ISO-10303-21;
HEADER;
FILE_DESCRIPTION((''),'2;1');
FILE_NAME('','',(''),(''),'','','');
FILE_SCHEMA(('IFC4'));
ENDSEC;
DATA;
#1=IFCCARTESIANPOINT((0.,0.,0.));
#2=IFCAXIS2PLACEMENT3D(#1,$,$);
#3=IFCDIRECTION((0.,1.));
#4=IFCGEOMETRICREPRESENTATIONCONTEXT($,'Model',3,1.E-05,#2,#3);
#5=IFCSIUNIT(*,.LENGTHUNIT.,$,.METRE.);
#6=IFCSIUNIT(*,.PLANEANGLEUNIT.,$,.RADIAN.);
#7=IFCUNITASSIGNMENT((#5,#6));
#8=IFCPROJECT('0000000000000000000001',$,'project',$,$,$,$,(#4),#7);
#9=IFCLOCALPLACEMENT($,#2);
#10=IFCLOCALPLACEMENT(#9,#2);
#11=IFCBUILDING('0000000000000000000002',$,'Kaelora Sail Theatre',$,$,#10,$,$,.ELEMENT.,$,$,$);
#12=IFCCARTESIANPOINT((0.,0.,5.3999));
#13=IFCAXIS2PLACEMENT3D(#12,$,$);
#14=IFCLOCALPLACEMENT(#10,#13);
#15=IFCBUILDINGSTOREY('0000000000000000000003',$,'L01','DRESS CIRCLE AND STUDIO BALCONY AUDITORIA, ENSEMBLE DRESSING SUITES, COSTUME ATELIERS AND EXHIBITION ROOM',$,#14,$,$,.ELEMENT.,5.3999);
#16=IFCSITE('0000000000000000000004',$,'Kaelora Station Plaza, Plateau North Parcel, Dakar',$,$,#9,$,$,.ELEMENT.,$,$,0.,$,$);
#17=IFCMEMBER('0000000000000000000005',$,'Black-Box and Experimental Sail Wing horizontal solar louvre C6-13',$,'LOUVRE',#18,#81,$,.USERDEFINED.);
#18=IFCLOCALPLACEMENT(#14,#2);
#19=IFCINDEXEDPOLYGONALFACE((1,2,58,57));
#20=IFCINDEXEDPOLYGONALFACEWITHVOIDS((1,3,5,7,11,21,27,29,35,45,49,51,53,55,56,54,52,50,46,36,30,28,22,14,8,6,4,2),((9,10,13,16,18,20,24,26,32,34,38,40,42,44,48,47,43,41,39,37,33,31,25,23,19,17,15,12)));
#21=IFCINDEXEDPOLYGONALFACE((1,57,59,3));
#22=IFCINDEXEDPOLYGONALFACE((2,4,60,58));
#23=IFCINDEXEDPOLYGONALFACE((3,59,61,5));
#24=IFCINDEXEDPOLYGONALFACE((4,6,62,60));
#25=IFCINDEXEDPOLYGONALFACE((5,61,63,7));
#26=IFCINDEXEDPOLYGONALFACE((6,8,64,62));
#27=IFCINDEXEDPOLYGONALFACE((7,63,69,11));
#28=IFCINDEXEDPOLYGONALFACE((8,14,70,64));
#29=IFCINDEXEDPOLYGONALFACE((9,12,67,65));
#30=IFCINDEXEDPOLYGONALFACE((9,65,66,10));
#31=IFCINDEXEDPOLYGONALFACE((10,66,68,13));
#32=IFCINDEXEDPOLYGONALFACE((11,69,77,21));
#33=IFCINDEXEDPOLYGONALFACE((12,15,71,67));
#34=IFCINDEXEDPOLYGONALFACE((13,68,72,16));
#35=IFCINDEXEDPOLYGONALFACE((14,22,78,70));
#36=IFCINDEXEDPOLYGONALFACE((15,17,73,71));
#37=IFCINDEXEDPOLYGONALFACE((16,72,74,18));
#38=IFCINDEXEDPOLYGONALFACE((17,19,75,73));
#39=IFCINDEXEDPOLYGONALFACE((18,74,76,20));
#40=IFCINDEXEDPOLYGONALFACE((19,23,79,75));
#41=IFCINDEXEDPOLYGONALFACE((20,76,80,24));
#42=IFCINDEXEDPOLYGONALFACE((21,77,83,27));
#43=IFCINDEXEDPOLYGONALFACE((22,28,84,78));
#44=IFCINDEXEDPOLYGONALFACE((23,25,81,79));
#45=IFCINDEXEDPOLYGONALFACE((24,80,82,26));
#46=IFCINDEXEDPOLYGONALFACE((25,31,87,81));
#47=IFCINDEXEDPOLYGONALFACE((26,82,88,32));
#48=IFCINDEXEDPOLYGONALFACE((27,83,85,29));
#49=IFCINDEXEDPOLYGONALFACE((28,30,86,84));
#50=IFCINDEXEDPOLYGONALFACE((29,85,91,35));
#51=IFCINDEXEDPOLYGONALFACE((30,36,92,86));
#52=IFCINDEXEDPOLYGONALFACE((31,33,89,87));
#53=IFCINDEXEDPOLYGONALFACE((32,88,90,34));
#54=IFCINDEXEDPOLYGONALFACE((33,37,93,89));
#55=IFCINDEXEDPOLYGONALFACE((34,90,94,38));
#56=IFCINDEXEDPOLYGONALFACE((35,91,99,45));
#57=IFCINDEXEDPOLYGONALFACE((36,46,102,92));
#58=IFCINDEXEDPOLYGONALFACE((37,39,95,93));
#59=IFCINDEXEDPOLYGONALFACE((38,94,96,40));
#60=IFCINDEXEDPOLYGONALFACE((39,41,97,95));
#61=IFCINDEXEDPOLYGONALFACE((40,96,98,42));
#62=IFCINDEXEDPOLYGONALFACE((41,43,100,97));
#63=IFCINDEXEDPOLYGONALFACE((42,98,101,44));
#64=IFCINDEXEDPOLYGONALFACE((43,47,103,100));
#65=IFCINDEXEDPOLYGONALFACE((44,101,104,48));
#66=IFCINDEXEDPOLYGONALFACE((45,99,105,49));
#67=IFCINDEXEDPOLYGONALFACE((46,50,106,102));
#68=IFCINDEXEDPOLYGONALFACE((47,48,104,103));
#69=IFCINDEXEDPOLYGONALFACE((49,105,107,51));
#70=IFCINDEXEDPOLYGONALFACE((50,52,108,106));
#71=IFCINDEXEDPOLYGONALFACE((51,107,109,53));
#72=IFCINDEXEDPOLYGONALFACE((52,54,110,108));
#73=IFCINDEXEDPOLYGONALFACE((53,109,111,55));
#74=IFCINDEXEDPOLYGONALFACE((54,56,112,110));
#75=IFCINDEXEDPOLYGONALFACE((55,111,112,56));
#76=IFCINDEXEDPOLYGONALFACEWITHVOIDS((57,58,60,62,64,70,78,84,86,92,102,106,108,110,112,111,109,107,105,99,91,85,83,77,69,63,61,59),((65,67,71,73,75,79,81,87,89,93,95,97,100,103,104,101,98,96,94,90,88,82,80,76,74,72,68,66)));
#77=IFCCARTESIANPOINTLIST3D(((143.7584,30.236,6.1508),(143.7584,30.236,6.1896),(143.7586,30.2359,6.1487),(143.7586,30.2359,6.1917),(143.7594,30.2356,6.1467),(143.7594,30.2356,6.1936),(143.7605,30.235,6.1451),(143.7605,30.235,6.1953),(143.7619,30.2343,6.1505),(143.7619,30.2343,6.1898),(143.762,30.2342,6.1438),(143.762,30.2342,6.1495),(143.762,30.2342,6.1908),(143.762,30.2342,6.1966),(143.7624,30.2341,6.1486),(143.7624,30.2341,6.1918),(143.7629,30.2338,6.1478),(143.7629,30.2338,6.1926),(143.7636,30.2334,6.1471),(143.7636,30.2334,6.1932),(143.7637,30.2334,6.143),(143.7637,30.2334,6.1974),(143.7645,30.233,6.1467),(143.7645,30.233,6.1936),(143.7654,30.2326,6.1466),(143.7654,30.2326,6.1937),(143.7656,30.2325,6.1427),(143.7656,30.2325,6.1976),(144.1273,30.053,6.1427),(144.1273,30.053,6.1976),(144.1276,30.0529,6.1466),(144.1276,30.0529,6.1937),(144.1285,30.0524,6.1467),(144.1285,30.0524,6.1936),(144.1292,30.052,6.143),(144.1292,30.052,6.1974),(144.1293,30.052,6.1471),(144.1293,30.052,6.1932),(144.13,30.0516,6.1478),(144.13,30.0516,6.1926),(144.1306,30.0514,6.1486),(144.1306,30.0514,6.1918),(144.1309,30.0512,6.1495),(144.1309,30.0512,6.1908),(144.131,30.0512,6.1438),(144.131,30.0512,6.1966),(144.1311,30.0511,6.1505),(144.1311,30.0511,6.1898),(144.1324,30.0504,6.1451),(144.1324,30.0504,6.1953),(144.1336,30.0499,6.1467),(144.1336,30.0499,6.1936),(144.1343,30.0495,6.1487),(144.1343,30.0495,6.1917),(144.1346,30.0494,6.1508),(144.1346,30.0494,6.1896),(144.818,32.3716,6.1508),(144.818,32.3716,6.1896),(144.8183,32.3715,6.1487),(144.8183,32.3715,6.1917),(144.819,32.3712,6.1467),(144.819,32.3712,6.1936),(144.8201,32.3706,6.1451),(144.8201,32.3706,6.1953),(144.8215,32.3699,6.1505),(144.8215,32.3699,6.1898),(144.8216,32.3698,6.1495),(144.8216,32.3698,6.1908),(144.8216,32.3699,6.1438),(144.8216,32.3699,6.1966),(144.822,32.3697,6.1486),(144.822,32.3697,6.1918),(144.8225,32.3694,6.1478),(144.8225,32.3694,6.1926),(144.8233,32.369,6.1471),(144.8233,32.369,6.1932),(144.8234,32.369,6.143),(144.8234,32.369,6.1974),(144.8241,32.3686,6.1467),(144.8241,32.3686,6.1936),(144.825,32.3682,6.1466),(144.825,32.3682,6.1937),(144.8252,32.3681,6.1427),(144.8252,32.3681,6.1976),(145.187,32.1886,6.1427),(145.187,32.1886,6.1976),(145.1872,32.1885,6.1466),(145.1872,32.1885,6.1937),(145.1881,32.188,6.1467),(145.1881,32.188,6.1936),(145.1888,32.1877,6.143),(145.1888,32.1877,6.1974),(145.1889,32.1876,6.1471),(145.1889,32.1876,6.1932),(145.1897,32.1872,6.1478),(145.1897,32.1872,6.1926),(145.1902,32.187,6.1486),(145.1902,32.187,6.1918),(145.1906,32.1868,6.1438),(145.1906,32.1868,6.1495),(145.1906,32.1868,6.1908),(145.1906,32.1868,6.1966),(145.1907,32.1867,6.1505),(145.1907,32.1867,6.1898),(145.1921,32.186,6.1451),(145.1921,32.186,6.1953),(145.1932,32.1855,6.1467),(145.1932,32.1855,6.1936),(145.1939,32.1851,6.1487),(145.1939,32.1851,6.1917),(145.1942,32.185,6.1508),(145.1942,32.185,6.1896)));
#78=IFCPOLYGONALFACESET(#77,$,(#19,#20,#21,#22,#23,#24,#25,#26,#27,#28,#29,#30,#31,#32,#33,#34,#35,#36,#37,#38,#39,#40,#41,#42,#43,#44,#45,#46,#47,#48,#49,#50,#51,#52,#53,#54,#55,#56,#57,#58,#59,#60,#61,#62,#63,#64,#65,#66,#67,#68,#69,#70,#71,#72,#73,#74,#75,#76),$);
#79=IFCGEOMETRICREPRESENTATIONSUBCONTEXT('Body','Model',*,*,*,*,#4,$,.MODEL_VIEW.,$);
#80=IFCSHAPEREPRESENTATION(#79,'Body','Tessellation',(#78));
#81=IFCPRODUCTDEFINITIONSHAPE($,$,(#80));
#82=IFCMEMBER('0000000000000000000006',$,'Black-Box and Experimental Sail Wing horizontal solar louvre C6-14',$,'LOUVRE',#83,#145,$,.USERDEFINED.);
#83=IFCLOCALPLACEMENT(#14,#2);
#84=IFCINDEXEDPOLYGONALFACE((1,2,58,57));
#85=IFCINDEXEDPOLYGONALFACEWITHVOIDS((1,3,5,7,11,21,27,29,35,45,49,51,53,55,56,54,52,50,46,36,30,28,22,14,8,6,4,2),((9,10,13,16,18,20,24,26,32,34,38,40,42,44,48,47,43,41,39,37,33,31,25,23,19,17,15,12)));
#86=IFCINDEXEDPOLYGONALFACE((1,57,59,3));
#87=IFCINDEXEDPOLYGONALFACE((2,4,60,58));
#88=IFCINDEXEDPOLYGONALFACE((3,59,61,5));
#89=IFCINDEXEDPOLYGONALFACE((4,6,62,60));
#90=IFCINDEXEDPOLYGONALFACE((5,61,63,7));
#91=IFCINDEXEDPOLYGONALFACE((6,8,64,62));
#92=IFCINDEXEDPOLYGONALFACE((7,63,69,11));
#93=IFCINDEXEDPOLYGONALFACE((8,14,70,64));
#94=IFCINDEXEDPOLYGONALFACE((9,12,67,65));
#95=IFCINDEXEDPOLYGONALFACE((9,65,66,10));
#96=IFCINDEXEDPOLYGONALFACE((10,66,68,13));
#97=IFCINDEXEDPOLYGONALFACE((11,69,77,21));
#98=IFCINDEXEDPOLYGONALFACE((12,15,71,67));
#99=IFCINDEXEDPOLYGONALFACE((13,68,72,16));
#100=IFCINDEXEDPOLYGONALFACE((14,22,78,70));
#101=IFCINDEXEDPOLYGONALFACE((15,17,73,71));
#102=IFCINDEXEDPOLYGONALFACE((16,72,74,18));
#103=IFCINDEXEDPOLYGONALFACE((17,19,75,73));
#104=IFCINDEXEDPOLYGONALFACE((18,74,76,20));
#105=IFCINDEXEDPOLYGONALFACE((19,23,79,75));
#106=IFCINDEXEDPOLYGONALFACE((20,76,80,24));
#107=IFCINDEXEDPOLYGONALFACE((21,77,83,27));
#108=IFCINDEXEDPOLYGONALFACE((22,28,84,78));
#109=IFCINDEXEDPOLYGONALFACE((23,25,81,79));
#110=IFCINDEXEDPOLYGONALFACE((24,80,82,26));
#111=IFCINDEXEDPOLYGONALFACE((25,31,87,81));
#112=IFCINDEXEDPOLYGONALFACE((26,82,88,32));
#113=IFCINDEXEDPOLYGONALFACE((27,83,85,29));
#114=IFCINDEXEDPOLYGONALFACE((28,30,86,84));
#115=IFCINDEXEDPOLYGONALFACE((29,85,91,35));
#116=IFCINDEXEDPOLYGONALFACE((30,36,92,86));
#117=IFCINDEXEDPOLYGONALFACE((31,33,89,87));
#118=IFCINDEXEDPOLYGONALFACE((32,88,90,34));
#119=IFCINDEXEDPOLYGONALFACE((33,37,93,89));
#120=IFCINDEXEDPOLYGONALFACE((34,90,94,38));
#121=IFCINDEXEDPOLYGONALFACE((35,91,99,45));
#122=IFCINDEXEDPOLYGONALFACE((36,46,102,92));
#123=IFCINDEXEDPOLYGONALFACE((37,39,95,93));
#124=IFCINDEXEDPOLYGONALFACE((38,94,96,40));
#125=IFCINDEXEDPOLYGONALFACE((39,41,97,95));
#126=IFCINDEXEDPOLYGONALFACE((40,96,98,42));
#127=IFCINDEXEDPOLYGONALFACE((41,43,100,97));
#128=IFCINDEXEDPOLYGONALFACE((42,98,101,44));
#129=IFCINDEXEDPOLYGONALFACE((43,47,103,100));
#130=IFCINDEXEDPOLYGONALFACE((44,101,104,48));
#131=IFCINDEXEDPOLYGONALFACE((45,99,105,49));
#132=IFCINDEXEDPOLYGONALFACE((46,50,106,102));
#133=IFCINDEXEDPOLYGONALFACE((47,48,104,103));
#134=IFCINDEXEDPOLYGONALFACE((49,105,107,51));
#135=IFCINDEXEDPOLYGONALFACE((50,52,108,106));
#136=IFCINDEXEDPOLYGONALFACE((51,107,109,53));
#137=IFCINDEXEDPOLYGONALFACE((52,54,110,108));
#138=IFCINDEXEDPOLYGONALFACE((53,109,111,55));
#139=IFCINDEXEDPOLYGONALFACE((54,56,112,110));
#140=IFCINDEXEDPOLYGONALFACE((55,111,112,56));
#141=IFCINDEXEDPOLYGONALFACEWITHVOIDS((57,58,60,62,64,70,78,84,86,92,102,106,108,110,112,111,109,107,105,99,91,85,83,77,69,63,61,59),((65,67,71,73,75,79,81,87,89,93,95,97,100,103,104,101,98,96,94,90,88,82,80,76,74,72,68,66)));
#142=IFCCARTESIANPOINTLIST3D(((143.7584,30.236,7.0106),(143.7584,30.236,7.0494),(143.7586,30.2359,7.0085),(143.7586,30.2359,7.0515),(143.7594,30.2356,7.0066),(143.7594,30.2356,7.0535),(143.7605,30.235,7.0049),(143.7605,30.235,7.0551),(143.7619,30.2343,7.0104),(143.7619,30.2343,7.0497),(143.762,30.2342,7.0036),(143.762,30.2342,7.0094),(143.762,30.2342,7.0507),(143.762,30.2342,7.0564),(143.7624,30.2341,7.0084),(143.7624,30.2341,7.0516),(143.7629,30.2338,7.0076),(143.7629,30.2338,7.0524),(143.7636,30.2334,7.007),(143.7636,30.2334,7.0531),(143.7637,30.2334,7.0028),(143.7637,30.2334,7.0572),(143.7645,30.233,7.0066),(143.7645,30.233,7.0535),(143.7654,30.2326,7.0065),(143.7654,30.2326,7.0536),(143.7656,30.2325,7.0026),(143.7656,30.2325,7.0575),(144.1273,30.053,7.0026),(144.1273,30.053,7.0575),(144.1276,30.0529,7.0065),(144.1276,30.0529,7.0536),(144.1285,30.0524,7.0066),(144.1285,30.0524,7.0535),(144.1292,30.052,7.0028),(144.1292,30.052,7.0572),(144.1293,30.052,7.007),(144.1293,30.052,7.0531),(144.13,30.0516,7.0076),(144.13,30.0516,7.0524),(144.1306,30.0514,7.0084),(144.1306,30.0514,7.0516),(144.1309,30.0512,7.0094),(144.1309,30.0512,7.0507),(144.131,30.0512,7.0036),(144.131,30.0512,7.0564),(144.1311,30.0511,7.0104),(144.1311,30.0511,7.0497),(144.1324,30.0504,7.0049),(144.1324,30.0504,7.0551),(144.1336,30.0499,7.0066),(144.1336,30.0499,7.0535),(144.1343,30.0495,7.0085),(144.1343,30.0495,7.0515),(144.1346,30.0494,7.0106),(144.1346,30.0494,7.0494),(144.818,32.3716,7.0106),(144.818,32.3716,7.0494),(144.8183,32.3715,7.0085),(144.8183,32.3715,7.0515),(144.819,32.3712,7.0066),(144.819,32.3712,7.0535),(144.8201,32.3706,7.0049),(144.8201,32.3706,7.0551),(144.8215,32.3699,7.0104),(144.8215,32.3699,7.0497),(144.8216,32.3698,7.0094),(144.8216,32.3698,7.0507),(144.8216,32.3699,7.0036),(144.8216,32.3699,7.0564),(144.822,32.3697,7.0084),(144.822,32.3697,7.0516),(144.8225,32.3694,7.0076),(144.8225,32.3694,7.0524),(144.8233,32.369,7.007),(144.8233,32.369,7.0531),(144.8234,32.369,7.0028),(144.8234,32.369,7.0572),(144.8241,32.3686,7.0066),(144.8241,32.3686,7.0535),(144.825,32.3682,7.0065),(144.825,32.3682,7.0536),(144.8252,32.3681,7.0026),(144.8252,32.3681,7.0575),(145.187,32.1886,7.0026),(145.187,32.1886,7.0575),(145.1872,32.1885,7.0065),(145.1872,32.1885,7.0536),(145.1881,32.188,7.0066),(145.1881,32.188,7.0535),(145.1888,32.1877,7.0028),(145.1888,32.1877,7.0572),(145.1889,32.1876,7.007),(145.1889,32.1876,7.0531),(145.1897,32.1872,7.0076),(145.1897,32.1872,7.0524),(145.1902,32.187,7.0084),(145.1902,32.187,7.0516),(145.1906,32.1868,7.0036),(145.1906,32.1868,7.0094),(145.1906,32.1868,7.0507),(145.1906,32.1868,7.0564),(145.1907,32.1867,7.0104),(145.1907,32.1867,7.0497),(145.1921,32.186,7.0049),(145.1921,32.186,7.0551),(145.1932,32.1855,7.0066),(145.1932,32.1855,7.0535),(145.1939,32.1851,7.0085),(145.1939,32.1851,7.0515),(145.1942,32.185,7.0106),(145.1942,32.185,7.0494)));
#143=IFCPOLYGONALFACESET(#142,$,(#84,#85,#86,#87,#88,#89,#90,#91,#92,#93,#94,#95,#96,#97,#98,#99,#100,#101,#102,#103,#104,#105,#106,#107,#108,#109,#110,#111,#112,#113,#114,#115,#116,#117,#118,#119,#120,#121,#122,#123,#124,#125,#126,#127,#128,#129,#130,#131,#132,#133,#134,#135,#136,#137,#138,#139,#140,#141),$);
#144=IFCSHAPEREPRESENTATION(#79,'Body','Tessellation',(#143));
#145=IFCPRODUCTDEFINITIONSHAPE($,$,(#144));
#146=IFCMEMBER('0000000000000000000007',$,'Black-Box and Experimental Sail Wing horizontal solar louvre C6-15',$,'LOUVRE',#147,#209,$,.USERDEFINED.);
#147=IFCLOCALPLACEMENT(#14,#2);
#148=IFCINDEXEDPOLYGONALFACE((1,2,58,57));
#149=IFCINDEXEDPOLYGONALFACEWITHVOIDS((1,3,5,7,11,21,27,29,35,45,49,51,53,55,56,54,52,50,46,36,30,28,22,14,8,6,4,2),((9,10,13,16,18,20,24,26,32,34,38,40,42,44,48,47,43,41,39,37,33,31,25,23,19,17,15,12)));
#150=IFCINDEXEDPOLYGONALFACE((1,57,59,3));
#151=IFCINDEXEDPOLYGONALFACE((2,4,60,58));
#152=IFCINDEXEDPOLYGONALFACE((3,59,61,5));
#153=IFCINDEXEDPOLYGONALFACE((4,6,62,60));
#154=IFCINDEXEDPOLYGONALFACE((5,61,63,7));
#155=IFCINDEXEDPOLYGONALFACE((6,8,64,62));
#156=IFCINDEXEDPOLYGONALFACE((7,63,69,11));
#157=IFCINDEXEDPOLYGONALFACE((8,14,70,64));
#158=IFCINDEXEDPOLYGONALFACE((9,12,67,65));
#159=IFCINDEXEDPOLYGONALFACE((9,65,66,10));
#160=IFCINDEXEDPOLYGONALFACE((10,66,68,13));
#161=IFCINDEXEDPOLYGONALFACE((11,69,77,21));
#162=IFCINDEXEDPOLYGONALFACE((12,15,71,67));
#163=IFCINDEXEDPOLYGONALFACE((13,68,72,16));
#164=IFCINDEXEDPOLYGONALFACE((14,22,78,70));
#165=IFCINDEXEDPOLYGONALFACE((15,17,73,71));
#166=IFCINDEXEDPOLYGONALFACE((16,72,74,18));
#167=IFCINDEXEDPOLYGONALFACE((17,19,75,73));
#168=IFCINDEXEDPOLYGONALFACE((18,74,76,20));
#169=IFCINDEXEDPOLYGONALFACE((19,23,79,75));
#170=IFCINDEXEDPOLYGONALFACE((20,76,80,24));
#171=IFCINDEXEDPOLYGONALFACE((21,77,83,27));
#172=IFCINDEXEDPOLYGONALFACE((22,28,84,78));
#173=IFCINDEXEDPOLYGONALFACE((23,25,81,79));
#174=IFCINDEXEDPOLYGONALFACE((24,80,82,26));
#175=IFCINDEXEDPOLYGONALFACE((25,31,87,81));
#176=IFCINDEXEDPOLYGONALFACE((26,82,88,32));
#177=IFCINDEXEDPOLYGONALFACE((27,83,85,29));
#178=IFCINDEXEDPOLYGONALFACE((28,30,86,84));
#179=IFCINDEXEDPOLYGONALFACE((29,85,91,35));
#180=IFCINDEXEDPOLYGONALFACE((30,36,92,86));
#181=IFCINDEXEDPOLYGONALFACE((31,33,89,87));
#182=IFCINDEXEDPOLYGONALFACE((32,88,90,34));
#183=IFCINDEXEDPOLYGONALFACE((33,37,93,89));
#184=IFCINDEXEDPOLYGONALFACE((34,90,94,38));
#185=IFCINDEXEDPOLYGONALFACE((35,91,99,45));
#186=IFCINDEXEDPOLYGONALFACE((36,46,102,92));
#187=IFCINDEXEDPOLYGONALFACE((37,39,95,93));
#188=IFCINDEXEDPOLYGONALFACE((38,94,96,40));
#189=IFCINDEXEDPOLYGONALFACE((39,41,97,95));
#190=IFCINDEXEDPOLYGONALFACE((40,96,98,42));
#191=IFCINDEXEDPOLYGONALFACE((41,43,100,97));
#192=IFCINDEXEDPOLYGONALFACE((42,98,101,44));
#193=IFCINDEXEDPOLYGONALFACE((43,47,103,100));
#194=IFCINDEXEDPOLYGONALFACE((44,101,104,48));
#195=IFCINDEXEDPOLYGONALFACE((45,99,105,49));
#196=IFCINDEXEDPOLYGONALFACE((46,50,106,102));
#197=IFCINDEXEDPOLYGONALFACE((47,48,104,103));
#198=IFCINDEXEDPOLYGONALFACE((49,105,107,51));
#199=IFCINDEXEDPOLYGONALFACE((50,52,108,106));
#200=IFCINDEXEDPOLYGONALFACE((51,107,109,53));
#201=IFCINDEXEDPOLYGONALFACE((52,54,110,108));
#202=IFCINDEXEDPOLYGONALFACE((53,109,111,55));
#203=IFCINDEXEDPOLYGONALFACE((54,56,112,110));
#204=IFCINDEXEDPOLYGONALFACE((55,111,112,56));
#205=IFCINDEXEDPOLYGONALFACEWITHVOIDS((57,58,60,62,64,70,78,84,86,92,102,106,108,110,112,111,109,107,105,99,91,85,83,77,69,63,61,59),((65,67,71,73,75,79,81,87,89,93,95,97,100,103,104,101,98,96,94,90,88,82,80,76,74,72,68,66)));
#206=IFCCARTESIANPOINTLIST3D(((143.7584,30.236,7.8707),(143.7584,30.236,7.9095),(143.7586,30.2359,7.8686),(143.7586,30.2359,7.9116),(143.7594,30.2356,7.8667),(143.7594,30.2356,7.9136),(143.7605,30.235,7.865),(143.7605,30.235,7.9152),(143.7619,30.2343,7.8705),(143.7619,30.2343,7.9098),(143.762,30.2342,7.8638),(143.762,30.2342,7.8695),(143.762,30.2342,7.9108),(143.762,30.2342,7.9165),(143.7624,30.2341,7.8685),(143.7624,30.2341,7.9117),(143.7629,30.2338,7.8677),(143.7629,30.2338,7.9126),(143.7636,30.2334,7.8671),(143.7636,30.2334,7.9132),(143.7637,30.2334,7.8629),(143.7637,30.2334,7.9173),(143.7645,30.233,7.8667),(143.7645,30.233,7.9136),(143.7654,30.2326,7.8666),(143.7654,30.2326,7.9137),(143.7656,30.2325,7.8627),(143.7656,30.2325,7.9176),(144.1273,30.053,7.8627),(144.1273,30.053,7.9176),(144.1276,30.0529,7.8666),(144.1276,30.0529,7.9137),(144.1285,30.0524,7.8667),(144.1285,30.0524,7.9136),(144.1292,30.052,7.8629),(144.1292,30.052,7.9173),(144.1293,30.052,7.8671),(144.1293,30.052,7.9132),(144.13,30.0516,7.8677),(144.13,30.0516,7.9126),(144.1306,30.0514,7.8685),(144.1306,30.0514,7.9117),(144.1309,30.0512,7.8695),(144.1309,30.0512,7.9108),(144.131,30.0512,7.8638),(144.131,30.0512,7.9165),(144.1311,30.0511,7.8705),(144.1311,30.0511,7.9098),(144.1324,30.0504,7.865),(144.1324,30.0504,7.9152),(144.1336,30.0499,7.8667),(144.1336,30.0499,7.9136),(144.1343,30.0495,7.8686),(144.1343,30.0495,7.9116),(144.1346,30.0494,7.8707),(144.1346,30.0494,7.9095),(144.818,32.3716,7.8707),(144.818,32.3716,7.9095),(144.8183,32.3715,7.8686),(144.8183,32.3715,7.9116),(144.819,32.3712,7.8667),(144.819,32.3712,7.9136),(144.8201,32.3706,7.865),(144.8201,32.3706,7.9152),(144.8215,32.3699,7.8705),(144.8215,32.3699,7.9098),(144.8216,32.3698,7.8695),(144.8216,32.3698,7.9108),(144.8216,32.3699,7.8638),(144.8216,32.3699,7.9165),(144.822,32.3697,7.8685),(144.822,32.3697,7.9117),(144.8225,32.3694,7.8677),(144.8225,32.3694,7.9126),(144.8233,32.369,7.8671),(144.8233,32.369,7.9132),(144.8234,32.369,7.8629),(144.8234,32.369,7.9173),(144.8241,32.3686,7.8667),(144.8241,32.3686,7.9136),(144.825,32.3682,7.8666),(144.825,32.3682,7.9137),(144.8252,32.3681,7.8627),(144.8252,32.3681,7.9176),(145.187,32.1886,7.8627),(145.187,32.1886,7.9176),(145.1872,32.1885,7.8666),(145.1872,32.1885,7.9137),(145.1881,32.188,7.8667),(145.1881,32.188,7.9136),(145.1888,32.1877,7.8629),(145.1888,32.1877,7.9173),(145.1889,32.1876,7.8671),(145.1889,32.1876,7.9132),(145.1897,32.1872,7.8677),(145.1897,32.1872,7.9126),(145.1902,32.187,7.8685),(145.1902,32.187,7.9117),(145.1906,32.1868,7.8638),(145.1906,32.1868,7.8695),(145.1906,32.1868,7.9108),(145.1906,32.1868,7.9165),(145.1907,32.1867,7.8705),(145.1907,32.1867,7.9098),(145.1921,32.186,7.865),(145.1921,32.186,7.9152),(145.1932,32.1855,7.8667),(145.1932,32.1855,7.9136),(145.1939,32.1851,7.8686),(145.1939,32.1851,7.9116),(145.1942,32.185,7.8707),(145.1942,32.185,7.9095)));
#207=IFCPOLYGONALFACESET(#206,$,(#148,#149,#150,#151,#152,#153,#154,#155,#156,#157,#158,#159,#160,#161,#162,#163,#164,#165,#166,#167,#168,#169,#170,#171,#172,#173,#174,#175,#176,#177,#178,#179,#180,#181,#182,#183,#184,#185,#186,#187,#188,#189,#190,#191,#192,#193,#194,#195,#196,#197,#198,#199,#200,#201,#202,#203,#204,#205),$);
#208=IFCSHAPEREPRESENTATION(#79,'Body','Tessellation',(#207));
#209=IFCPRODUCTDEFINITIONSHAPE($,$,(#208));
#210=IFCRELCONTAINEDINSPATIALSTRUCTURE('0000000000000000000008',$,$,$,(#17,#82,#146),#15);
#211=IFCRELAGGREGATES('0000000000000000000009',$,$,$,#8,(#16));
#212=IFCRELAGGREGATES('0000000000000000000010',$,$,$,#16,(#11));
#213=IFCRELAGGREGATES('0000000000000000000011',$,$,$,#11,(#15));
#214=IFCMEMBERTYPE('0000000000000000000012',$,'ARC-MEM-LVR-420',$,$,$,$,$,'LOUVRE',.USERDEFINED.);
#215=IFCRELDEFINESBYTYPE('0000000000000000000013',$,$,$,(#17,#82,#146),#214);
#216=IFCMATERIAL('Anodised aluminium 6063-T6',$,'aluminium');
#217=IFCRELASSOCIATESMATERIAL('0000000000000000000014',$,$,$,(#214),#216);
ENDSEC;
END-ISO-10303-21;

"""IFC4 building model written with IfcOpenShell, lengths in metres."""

from ifc_helpers import new_model, si_unit, direction, frame, origin, origin_2d, place, context, subcontext, project, spatial, hollow_rectangle, extrude, material, material_profile, profile_set, type_object, element, save


model = new_model("IFC4")

# Units and contexts
model_context = context("Model", 3, precision=1e-05, world=origin(), true_north=direction((0.0, 1.0)))
body_context = subcontext(model_context, "Body", "Model", "MODEL_VIEW")
ifc_project = project(units=[si_unit("LENGTHUNIT", "METRE"), si_unit("PLANEANGLEUNIT", "RADIAN")], contexts=[model_context])

# Site, building, storey
site_placement = place(None, origin())
site = spatial("IfcSite", under=ifc_project, at=site_placement, Name="Kaelora Station Plaza, Plateau North Parcel, Dakar", CompositionType="ELEMENT", RefElevation=0.0)
building_placement = place(site_placement, origin())
building = spatial("IfcBuilding", under=site, at=building_placement, Name="Kaelora Sail Theatre", CompositionType="ELEMENT")
storey_placement = place(building_placement, frame((0.0, 0.0, 5.3999)))
storey = spatial("IfcBuildingStorey", under=building, at=storey_placement, Name="L01", Description="DRESS CIRCLE AND STUDIO BALCONY AUDITORIA, ENSEMBLE DRESSING SUITES, COSTUME ATELIERS AND EXHIBITION ROOM", CompositionType="ELEMENT", Elevation=5.3999)

# Members
ifc_material_1 = material(Name="Anodised aluminium 6063-T6", Category="aluminium")
ifc_material_profile_1 = material_profile(ifc_material_1, hollow_rectangle(XDim=0.4199, YDim=0.0549, WallThickness=0.0039, InnerFilletRadius=0.0039, OuterFilletRadius=0.0081, at=origin_2d()), Name="LOUVRE 420x55x4")
ifc_profile_set_1 = profile_set([ifc_material_profile_1], Name="Anodised aluminium 6063-T6")
member_type = type_object("IfcMemberType", Name="ARC-MEM-LVR-420", ElementType="LOUVRE", PredefinedType="USERDEFINED", material=ifc_profile_set_1)
for number, where, z_axis, x_axis, name in (
    (1, (145.0061, 32.2783, 6.1702), (-0.444467, -0.895795, 0.0), (0.895795, -0.444467, 0.0), "Black-Box and Experimental Sail Wing horizontal solar louvre C6-13"),
    (2, (145.0061, 32.2783, 7.03), (-0.444467, -0.895795, 0.0), (0.895795, -0.444467, 0.0), "Black-Box and Experimental Sail Wing horizontal solar louvre C6-14"),
    (3, (145.0061, 32.2783, 7.8901), (-0.444467, -0.895795, 0.0), (0.895795, -0.444467, 0.0), "Black-Box and Experimental Sail Wing horizontal solar louvre C6-15"),
):
    element("IfcMember", number, at=place(storey_placement, frame(where, z_axis=z_axis, x_axis=x_axis)), inside=storey, type_object=member_type, Name=name, ObjectType="LOUVRE", PredefinedType="USERDEFINED", context=body_context, shape_type="SweptSolid", body=[
        extrude(hollow_rectangle(XDim=0.4199, YDim=0.0549, WallThickness=0.0039, InnerFilletRadius=0.0039, OuterFilletRadius=0.0081, at=origin_2d()), origin(), (0.0, 0.0, 1.0), 2.384),
    ])

save(model, "model.ifc")
